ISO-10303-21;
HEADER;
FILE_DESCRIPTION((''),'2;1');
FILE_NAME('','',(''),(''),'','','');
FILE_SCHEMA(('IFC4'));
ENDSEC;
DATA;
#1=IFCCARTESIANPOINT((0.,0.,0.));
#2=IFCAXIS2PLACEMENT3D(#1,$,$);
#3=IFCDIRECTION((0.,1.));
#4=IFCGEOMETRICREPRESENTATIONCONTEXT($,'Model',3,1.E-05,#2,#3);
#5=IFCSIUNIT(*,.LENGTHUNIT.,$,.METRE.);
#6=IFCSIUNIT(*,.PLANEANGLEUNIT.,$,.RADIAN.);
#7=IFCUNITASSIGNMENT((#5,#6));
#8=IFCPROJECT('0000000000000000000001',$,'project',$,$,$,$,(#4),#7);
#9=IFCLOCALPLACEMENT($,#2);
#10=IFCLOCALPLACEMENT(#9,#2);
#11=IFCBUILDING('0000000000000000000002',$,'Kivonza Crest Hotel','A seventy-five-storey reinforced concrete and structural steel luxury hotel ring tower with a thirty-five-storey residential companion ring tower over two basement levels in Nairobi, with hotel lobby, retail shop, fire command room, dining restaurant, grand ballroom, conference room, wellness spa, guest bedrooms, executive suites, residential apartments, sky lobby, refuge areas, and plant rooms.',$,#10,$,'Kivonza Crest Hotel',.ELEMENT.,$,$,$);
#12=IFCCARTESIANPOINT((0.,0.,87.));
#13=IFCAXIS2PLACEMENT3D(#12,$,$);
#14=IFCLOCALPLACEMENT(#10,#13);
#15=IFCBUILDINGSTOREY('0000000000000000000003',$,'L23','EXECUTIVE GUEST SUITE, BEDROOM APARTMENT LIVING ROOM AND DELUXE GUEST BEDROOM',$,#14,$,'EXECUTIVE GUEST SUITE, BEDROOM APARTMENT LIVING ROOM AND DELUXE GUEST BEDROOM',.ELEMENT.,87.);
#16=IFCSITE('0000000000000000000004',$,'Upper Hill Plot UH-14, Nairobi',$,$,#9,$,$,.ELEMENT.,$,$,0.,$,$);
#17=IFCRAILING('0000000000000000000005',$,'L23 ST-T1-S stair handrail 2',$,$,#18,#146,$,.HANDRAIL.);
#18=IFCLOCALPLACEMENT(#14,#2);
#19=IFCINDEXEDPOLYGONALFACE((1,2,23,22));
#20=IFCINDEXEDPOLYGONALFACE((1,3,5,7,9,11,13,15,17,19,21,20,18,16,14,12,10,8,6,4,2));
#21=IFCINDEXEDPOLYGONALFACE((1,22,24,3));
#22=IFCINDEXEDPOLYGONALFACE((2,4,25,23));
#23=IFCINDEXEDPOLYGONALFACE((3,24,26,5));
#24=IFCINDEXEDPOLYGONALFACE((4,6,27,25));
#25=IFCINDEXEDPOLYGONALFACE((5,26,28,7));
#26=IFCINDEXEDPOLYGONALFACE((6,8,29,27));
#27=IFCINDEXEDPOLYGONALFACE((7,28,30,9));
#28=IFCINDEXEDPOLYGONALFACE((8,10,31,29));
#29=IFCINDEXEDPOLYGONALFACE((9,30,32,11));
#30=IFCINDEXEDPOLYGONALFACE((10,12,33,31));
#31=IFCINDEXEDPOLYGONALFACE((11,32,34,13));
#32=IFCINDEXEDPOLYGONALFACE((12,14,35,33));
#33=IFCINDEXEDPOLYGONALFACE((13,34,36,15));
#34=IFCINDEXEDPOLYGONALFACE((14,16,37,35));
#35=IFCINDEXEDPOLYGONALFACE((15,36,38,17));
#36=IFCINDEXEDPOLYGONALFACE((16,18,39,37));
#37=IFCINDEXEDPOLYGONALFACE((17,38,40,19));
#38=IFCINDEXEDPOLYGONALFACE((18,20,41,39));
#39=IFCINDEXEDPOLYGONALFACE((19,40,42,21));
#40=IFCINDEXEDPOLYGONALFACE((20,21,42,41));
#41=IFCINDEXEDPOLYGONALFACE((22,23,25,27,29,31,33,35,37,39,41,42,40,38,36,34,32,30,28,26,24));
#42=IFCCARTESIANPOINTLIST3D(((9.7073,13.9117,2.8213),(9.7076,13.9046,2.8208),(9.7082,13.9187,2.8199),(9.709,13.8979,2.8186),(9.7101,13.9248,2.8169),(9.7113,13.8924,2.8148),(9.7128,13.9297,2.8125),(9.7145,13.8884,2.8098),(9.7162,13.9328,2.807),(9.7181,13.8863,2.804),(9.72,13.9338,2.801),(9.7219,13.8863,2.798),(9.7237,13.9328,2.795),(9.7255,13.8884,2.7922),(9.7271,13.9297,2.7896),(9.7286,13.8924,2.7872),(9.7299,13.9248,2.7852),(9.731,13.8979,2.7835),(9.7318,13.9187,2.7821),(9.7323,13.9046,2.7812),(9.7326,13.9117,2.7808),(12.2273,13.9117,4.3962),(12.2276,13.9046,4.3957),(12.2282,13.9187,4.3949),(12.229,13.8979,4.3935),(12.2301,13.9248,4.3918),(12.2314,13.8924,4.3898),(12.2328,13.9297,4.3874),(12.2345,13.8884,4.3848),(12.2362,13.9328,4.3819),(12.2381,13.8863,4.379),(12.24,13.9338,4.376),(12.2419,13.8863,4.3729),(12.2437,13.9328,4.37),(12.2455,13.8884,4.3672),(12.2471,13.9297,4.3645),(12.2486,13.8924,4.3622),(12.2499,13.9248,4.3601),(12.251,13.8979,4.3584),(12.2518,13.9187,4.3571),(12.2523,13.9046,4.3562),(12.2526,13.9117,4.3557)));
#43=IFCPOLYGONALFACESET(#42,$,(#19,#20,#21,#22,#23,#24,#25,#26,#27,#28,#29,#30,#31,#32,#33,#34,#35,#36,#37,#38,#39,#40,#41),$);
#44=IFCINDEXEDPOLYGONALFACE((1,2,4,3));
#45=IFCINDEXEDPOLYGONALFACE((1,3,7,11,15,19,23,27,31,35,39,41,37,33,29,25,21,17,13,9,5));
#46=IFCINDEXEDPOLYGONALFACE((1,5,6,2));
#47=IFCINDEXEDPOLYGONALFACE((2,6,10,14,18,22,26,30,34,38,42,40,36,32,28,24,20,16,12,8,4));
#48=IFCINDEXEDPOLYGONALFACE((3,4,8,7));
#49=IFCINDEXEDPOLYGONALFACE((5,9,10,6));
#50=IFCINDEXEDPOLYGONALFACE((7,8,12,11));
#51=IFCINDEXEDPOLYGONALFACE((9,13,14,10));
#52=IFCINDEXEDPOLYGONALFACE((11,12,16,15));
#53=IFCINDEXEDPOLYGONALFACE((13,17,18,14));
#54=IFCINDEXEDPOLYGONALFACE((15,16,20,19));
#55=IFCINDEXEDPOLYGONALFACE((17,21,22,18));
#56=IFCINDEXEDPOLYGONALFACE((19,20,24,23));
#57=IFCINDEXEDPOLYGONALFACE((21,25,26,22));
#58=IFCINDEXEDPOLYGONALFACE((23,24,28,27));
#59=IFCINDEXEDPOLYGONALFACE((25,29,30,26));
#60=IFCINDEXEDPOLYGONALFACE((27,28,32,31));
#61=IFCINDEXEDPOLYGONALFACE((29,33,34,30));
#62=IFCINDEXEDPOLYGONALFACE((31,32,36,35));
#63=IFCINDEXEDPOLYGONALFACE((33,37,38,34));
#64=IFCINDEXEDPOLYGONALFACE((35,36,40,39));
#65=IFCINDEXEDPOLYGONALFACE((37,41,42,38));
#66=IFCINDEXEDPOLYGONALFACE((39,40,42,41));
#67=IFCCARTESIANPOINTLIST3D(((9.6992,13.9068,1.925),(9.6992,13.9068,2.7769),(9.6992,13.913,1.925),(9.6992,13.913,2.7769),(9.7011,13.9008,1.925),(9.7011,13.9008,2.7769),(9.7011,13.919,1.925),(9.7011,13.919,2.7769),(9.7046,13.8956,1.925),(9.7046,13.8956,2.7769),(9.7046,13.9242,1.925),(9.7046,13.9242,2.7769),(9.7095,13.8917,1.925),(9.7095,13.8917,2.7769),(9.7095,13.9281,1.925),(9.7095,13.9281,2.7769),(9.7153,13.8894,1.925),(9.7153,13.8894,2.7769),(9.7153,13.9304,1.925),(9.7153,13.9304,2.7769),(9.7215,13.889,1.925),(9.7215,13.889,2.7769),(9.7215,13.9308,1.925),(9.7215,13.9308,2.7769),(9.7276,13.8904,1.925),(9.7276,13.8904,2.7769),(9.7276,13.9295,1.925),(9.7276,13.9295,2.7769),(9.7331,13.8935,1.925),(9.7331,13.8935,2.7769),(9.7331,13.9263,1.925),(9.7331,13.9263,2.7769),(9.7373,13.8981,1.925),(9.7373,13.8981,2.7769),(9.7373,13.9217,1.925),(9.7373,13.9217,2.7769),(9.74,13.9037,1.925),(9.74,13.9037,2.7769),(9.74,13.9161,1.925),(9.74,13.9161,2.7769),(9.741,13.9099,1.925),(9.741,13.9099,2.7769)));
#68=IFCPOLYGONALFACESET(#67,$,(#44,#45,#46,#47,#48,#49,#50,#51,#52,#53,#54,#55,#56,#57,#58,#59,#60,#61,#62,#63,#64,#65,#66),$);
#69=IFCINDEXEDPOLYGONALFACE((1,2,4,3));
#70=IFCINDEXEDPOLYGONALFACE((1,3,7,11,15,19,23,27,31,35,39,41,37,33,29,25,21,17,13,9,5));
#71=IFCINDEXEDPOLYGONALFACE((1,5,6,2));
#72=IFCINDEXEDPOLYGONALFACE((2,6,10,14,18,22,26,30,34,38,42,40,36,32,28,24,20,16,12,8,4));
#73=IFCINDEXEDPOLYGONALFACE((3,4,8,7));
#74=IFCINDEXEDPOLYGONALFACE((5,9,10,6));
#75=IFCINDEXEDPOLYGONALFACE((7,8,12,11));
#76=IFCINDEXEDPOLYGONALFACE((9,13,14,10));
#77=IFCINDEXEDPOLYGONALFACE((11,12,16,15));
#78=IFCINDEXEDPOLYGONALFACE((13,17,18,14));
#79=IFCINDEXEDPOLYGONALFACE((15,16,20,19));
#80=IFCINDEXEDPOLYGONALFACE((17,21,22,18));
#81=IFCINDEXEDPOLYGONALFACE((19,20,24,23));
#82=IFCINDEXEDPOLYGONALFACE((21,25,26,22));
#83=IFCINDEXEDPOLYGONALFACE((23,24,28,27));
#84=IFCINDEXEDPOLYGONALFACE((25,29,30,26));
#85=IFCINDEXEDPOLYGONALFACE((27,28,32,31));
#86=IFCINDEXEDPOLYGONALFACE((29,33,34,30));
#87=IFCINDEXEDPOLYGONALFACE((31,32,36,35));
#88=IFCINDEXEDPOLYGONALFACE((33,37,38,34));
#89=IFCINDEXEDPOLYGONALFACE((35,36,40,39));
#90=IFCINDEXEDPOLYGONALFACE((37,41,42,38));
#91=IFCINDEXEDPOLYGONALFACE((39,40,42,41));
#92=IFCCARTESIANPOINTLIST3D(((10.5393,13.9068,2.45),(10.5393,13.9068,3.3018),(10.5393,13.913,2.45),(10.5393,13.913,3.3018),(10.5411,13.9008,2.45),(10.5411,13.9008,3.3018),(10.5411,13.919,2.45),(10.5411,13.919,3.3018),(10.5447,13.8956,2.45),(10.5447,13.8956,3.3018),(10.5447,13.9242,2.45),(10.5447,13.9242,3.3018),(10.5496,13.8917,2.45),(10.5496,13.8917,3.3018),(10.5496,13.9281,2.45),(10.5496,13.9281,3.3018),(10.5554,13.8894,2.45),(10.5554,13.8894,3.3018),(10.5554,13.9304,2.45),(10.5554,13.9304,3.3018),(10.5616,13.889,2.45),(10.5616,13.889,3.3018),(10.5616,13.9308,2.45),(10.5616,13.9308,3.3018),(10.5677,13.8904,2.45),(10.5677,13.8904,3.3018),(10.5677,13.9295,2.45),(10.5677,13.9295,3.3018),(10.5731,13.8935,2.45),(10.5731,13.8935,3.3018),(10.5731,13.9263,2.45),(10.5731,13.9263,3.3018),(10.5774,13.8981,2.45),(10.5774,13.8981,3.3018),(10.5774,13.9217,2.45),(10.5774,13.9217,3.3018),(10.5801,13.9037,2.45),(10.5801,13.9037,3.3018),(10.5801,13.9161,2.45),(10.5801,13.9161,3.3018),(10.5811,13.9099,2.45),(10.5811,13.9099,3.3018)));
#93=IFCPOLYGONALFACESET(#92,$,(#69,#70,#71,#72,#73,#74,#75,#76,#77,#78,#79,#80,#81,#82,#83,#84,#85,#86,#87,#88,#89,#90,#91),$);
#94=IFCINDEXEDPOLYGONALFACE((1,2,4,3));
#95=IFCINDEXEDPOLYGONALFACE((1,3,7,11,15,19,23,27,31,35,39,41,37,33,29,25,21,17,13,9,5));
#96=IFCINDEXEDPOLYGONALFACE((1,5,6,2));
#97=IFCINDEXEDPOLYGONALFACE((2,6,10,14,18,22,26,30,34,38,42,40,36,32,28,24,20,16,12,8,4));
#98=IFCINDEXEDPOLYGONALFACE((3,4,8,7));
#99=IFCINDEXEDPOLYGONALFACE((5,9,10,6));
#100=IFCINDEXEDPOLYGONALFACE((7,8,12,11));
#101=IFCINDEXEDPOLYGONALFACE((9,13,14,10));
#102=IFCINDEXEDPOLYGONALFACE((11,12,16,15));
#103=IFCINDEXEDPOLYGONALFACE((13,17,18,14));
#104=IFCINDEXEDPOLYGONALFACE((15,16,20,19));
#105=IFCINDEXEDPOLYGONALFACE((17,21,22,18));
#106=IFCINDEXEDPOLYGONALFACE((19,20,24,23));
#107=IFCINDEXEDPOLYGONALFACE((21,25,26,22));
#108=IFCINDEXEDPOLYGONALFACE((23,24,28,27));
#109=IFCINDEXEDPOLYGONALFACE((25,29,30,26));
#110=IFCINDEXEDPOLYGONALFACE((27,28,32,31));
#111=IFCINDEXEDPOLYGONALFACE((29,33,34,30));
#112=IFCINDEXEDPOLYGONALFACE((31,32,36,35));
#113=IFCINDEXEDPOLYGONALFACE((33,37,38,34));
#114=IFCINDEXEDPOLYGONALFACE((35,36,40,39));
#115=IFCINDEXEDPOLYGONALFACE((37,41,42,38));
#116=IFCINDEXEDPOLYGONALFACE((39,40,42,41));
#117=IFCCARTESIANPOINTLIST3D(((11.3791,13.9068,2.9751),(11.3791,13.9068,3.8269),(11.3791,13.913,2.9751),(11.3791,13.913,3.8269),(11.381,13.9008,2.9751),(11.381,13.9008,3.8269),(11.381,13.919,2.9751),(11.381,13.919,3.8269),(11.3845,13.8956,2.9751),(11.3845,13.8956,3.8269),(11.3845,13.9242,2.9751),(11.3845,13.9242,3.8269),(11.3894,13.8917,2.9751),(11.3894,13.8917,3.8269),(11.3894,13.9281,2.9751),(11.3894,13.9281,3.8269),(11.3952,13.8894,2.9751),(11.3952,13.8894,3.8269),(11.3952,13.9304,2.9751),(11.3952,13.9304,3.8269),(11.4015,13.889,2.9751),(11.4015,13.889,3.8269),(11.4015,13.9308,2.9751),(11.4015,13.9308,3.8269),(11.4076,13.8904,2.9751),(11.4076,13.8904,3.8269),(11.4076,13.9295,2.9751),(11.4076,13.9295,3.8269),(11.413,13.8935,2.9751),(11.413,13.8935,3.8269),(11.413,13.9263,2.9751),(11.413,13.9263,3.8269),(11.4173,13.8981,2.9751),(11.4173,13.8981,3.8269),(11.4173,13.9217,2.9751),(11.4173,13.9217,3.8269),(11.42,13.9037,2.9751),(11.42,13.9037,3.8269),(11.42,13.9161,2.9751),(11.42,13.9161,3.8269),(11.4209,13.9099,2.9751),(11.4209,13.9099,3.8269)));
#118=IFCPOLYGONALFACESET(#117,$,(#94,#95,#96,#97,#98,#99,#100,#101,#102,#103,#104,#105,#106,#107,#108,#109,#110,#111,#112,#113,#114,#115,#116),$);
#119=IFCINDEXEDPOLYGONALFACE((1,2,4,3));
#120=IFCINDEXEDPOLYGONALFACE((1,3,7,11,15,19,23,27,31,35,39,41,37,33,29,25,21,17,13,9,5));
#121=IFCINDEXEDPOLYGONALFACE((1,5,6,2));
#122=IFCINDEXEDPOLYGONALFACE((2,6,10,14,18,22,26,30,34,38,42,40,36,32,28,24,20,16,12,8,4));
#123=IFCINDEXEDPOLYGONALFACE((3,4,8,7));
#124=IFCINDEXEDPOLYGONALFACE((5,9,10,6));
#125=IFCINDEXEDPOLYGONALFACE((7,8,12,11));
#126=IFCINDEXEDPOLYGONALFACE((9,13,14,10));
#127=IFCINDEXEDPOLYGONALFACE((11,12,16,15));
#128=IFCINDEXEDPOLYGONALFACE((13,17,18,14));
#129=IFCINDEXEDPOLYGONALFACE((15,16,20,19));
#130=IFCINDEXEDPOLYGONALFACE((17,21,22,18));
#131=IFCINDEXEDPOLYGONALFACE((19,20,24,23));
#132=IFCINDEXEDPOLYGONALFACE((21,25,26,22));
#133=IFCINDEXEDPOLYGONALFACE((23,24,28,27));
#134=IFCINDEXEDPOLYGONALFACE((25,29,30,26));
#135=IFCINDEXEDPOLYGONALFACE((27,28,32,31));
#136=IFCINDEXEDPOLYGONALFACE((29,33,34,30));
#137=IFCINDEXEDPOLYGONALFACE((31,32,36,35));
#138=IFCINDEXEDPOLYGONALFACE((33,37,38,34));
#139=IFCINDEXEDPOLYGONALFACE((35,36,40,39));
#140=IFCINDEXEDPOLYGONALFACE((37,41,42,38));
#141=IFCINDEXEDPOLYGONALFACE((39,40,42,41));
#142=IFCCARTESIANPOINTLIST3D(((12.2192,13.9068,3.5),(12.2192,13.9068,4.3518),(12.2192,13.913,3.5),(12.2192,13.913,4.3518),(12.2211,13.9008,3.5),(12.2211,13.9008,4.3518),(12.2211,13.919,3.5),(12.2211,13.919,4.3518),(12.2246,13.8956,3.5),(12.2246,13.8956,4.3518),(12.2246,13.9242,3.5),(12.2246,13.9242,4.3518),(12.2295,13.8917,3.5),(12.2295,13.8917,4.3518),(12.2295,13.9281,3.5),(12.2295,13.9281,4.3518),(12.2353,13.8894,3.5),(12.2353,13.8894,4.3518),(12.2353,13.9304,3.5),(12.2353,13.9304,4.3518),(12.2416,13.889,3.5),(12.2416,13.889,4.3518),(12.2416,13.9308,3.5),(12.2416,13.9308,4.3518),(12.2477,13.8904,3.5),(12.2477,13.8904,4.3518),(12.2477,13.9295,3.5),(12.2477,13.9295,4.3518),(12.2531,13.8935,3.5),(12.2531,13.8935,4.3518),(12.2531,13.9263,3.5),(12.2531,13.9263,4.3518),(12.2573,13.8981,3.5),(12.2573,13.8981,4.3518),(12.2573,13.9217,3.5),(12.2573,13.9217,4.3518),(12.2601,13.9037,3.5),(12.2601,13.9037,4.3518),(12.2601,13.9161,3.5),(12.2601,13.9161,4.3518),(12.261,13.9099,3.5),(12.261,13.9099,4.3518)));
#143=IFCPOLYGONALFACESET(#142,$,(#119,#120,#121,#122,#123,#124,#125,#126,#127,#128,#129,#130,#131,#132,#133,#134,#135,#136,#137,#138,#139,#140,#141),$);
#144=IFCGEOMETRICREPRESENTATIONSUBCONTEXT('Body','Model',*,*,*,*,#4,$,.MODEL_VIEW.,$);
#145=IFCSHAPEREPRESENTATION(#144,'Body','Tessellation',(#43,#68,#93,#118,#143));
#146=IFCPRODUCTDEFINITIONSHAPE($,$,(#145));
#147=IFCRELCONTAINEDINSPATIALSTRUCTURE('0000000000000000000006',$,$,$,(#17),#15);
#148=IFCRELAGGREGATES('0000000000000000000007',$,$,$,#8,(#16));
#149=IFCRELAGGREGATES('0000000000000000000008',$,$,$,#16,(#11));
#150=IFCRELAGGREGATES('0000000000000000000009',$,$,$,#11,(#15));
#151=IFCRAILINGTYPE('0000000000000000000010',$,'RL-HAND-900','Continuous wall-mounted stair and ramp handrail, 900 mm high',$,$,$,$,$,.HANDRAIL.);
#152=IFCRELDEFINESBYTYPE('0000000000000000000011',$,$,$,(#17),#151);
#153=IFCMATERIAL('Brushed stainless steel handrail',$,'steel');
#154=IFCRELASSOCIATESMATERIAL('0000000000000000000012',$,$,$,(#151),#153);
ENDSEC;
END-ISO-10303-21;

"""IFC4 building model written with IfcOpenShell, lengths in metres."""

from ifc_helpers import new_model, si_unit, direction, frame, origin, origin_2d, place, context, subcontext, project, spatial, circle, extrude, material, type_object, element, save


model = new_model("IFC4")

# Units and contexts
model_context = context("Model", 3, precision=1e-05, world=origin(), true_north=direction((0.0, 1.0)))
body_context = subcontext(model_context, "Body", "Model", "MODEL_VIEW")
ifc_project = project(units=[si_unit("LENGTHUNIT", "METRE"), si_unit("PLANEANGLEUNIT", "RADIAN")], contexts=[model_context])

# Site, building, storey
site_placement = place(None, origin())
site = spatial("IfcSite", under=ifc_project, at=site_placement, Name="Upper Hill Plot UH-14, Nairobi", CompositionType="ELEMENT", RefElevation=0.0)
building_placement = place(site_placement, origin())
building = spatial("IfcBuilding", under=site, at=building_placement, Name="Kivonza Crest Hotel", Description="A seventy-five-storey reinforced concrete and structural steel luxury hotel ring tower with a thirty-five-storey residential companion ring tower over two basement levels in Nairobi, with hotel lobby, retail shop, fire command room, dining restaurant, grand ballroom, conference room, wellness spa, guest bedrooms, executive suites, residential apartments, sky lobby, refuge areas, and plant rooms.", LongName="Kivonza Crest Hotel", CompositionType="ELEMENT")
storey_placement = place(building_placement, frame((0.0, 0.0, 87.0)))
storey = spatial("IfcBuildingStorey", under=building, at=storey_placement, Name="L23", Description="EXECUTIVE GUEST SUITE, BEDROOM APARTMENT LIVING ROOM AND DELUXE GUEST BEDROOM", LongName="EXECUTIVE GUEST SUITE, BEDROOM APARTMENT LIVING ROOM AND DELUXE GUEST BEDROOM", CompositionType="ELEMENT", Elevation=87.0)

# Railing
ifc_material_1 = material(Name="Brushed stainless steel handrail", Category="steel")
railing_type_1 = type_object("IfcRailingType", Name="RL-HAND-900", Description="Continuous wall-mounted stair and ramp handrail, 900 mm high", PredefinedType="HANDRAIL", material=ifc_material_1)
railing_1_placement = place(storey_placement, frame((9.72, 13.9099, 1.925)))
element("IfcRailing", 1, at=railing_1_placement, inside=storey, type_object=railing_type_1, Name="L23 ST-T1-S stair handrail 2", PredefinedType="HANDRAIL", context=body_context, shape_type="SweptSolid", body=[
    extrude(circle(Radius=0.0239, at=origin_2d()), frame((0.0, 0.0, 0.876), z_axis=(0.848008, 0.0, 0.529984), x_axis=(0.0, 1.0, 0.0)), (0.0, 0.0, 1.0), 2.9717),
    extrude(circle(Radius=0.021, at=origin_2d()), origin(), (0.0, 0.0, 1.0), 0.8518),
    extrude(circle(Radius=0.021, at=origin_2d()), frame((0.8401, 0.0, 0.5249)), (0.0, 0.0, 1.0), 0.8518),
    extrude(circle(Radius=0.021, at=origin_2d()), frame((1.6799, 0.0, 1.05)), (0.0, 0.0, 1.0), 0.8518),
    extrude(circle(Radius=0.021, at=origin_2d()), frame((2.52, 0.0, 1.575)), (0.0, 0.0, 1.0), 0.8518),
])

save(model, "model.ifc")
